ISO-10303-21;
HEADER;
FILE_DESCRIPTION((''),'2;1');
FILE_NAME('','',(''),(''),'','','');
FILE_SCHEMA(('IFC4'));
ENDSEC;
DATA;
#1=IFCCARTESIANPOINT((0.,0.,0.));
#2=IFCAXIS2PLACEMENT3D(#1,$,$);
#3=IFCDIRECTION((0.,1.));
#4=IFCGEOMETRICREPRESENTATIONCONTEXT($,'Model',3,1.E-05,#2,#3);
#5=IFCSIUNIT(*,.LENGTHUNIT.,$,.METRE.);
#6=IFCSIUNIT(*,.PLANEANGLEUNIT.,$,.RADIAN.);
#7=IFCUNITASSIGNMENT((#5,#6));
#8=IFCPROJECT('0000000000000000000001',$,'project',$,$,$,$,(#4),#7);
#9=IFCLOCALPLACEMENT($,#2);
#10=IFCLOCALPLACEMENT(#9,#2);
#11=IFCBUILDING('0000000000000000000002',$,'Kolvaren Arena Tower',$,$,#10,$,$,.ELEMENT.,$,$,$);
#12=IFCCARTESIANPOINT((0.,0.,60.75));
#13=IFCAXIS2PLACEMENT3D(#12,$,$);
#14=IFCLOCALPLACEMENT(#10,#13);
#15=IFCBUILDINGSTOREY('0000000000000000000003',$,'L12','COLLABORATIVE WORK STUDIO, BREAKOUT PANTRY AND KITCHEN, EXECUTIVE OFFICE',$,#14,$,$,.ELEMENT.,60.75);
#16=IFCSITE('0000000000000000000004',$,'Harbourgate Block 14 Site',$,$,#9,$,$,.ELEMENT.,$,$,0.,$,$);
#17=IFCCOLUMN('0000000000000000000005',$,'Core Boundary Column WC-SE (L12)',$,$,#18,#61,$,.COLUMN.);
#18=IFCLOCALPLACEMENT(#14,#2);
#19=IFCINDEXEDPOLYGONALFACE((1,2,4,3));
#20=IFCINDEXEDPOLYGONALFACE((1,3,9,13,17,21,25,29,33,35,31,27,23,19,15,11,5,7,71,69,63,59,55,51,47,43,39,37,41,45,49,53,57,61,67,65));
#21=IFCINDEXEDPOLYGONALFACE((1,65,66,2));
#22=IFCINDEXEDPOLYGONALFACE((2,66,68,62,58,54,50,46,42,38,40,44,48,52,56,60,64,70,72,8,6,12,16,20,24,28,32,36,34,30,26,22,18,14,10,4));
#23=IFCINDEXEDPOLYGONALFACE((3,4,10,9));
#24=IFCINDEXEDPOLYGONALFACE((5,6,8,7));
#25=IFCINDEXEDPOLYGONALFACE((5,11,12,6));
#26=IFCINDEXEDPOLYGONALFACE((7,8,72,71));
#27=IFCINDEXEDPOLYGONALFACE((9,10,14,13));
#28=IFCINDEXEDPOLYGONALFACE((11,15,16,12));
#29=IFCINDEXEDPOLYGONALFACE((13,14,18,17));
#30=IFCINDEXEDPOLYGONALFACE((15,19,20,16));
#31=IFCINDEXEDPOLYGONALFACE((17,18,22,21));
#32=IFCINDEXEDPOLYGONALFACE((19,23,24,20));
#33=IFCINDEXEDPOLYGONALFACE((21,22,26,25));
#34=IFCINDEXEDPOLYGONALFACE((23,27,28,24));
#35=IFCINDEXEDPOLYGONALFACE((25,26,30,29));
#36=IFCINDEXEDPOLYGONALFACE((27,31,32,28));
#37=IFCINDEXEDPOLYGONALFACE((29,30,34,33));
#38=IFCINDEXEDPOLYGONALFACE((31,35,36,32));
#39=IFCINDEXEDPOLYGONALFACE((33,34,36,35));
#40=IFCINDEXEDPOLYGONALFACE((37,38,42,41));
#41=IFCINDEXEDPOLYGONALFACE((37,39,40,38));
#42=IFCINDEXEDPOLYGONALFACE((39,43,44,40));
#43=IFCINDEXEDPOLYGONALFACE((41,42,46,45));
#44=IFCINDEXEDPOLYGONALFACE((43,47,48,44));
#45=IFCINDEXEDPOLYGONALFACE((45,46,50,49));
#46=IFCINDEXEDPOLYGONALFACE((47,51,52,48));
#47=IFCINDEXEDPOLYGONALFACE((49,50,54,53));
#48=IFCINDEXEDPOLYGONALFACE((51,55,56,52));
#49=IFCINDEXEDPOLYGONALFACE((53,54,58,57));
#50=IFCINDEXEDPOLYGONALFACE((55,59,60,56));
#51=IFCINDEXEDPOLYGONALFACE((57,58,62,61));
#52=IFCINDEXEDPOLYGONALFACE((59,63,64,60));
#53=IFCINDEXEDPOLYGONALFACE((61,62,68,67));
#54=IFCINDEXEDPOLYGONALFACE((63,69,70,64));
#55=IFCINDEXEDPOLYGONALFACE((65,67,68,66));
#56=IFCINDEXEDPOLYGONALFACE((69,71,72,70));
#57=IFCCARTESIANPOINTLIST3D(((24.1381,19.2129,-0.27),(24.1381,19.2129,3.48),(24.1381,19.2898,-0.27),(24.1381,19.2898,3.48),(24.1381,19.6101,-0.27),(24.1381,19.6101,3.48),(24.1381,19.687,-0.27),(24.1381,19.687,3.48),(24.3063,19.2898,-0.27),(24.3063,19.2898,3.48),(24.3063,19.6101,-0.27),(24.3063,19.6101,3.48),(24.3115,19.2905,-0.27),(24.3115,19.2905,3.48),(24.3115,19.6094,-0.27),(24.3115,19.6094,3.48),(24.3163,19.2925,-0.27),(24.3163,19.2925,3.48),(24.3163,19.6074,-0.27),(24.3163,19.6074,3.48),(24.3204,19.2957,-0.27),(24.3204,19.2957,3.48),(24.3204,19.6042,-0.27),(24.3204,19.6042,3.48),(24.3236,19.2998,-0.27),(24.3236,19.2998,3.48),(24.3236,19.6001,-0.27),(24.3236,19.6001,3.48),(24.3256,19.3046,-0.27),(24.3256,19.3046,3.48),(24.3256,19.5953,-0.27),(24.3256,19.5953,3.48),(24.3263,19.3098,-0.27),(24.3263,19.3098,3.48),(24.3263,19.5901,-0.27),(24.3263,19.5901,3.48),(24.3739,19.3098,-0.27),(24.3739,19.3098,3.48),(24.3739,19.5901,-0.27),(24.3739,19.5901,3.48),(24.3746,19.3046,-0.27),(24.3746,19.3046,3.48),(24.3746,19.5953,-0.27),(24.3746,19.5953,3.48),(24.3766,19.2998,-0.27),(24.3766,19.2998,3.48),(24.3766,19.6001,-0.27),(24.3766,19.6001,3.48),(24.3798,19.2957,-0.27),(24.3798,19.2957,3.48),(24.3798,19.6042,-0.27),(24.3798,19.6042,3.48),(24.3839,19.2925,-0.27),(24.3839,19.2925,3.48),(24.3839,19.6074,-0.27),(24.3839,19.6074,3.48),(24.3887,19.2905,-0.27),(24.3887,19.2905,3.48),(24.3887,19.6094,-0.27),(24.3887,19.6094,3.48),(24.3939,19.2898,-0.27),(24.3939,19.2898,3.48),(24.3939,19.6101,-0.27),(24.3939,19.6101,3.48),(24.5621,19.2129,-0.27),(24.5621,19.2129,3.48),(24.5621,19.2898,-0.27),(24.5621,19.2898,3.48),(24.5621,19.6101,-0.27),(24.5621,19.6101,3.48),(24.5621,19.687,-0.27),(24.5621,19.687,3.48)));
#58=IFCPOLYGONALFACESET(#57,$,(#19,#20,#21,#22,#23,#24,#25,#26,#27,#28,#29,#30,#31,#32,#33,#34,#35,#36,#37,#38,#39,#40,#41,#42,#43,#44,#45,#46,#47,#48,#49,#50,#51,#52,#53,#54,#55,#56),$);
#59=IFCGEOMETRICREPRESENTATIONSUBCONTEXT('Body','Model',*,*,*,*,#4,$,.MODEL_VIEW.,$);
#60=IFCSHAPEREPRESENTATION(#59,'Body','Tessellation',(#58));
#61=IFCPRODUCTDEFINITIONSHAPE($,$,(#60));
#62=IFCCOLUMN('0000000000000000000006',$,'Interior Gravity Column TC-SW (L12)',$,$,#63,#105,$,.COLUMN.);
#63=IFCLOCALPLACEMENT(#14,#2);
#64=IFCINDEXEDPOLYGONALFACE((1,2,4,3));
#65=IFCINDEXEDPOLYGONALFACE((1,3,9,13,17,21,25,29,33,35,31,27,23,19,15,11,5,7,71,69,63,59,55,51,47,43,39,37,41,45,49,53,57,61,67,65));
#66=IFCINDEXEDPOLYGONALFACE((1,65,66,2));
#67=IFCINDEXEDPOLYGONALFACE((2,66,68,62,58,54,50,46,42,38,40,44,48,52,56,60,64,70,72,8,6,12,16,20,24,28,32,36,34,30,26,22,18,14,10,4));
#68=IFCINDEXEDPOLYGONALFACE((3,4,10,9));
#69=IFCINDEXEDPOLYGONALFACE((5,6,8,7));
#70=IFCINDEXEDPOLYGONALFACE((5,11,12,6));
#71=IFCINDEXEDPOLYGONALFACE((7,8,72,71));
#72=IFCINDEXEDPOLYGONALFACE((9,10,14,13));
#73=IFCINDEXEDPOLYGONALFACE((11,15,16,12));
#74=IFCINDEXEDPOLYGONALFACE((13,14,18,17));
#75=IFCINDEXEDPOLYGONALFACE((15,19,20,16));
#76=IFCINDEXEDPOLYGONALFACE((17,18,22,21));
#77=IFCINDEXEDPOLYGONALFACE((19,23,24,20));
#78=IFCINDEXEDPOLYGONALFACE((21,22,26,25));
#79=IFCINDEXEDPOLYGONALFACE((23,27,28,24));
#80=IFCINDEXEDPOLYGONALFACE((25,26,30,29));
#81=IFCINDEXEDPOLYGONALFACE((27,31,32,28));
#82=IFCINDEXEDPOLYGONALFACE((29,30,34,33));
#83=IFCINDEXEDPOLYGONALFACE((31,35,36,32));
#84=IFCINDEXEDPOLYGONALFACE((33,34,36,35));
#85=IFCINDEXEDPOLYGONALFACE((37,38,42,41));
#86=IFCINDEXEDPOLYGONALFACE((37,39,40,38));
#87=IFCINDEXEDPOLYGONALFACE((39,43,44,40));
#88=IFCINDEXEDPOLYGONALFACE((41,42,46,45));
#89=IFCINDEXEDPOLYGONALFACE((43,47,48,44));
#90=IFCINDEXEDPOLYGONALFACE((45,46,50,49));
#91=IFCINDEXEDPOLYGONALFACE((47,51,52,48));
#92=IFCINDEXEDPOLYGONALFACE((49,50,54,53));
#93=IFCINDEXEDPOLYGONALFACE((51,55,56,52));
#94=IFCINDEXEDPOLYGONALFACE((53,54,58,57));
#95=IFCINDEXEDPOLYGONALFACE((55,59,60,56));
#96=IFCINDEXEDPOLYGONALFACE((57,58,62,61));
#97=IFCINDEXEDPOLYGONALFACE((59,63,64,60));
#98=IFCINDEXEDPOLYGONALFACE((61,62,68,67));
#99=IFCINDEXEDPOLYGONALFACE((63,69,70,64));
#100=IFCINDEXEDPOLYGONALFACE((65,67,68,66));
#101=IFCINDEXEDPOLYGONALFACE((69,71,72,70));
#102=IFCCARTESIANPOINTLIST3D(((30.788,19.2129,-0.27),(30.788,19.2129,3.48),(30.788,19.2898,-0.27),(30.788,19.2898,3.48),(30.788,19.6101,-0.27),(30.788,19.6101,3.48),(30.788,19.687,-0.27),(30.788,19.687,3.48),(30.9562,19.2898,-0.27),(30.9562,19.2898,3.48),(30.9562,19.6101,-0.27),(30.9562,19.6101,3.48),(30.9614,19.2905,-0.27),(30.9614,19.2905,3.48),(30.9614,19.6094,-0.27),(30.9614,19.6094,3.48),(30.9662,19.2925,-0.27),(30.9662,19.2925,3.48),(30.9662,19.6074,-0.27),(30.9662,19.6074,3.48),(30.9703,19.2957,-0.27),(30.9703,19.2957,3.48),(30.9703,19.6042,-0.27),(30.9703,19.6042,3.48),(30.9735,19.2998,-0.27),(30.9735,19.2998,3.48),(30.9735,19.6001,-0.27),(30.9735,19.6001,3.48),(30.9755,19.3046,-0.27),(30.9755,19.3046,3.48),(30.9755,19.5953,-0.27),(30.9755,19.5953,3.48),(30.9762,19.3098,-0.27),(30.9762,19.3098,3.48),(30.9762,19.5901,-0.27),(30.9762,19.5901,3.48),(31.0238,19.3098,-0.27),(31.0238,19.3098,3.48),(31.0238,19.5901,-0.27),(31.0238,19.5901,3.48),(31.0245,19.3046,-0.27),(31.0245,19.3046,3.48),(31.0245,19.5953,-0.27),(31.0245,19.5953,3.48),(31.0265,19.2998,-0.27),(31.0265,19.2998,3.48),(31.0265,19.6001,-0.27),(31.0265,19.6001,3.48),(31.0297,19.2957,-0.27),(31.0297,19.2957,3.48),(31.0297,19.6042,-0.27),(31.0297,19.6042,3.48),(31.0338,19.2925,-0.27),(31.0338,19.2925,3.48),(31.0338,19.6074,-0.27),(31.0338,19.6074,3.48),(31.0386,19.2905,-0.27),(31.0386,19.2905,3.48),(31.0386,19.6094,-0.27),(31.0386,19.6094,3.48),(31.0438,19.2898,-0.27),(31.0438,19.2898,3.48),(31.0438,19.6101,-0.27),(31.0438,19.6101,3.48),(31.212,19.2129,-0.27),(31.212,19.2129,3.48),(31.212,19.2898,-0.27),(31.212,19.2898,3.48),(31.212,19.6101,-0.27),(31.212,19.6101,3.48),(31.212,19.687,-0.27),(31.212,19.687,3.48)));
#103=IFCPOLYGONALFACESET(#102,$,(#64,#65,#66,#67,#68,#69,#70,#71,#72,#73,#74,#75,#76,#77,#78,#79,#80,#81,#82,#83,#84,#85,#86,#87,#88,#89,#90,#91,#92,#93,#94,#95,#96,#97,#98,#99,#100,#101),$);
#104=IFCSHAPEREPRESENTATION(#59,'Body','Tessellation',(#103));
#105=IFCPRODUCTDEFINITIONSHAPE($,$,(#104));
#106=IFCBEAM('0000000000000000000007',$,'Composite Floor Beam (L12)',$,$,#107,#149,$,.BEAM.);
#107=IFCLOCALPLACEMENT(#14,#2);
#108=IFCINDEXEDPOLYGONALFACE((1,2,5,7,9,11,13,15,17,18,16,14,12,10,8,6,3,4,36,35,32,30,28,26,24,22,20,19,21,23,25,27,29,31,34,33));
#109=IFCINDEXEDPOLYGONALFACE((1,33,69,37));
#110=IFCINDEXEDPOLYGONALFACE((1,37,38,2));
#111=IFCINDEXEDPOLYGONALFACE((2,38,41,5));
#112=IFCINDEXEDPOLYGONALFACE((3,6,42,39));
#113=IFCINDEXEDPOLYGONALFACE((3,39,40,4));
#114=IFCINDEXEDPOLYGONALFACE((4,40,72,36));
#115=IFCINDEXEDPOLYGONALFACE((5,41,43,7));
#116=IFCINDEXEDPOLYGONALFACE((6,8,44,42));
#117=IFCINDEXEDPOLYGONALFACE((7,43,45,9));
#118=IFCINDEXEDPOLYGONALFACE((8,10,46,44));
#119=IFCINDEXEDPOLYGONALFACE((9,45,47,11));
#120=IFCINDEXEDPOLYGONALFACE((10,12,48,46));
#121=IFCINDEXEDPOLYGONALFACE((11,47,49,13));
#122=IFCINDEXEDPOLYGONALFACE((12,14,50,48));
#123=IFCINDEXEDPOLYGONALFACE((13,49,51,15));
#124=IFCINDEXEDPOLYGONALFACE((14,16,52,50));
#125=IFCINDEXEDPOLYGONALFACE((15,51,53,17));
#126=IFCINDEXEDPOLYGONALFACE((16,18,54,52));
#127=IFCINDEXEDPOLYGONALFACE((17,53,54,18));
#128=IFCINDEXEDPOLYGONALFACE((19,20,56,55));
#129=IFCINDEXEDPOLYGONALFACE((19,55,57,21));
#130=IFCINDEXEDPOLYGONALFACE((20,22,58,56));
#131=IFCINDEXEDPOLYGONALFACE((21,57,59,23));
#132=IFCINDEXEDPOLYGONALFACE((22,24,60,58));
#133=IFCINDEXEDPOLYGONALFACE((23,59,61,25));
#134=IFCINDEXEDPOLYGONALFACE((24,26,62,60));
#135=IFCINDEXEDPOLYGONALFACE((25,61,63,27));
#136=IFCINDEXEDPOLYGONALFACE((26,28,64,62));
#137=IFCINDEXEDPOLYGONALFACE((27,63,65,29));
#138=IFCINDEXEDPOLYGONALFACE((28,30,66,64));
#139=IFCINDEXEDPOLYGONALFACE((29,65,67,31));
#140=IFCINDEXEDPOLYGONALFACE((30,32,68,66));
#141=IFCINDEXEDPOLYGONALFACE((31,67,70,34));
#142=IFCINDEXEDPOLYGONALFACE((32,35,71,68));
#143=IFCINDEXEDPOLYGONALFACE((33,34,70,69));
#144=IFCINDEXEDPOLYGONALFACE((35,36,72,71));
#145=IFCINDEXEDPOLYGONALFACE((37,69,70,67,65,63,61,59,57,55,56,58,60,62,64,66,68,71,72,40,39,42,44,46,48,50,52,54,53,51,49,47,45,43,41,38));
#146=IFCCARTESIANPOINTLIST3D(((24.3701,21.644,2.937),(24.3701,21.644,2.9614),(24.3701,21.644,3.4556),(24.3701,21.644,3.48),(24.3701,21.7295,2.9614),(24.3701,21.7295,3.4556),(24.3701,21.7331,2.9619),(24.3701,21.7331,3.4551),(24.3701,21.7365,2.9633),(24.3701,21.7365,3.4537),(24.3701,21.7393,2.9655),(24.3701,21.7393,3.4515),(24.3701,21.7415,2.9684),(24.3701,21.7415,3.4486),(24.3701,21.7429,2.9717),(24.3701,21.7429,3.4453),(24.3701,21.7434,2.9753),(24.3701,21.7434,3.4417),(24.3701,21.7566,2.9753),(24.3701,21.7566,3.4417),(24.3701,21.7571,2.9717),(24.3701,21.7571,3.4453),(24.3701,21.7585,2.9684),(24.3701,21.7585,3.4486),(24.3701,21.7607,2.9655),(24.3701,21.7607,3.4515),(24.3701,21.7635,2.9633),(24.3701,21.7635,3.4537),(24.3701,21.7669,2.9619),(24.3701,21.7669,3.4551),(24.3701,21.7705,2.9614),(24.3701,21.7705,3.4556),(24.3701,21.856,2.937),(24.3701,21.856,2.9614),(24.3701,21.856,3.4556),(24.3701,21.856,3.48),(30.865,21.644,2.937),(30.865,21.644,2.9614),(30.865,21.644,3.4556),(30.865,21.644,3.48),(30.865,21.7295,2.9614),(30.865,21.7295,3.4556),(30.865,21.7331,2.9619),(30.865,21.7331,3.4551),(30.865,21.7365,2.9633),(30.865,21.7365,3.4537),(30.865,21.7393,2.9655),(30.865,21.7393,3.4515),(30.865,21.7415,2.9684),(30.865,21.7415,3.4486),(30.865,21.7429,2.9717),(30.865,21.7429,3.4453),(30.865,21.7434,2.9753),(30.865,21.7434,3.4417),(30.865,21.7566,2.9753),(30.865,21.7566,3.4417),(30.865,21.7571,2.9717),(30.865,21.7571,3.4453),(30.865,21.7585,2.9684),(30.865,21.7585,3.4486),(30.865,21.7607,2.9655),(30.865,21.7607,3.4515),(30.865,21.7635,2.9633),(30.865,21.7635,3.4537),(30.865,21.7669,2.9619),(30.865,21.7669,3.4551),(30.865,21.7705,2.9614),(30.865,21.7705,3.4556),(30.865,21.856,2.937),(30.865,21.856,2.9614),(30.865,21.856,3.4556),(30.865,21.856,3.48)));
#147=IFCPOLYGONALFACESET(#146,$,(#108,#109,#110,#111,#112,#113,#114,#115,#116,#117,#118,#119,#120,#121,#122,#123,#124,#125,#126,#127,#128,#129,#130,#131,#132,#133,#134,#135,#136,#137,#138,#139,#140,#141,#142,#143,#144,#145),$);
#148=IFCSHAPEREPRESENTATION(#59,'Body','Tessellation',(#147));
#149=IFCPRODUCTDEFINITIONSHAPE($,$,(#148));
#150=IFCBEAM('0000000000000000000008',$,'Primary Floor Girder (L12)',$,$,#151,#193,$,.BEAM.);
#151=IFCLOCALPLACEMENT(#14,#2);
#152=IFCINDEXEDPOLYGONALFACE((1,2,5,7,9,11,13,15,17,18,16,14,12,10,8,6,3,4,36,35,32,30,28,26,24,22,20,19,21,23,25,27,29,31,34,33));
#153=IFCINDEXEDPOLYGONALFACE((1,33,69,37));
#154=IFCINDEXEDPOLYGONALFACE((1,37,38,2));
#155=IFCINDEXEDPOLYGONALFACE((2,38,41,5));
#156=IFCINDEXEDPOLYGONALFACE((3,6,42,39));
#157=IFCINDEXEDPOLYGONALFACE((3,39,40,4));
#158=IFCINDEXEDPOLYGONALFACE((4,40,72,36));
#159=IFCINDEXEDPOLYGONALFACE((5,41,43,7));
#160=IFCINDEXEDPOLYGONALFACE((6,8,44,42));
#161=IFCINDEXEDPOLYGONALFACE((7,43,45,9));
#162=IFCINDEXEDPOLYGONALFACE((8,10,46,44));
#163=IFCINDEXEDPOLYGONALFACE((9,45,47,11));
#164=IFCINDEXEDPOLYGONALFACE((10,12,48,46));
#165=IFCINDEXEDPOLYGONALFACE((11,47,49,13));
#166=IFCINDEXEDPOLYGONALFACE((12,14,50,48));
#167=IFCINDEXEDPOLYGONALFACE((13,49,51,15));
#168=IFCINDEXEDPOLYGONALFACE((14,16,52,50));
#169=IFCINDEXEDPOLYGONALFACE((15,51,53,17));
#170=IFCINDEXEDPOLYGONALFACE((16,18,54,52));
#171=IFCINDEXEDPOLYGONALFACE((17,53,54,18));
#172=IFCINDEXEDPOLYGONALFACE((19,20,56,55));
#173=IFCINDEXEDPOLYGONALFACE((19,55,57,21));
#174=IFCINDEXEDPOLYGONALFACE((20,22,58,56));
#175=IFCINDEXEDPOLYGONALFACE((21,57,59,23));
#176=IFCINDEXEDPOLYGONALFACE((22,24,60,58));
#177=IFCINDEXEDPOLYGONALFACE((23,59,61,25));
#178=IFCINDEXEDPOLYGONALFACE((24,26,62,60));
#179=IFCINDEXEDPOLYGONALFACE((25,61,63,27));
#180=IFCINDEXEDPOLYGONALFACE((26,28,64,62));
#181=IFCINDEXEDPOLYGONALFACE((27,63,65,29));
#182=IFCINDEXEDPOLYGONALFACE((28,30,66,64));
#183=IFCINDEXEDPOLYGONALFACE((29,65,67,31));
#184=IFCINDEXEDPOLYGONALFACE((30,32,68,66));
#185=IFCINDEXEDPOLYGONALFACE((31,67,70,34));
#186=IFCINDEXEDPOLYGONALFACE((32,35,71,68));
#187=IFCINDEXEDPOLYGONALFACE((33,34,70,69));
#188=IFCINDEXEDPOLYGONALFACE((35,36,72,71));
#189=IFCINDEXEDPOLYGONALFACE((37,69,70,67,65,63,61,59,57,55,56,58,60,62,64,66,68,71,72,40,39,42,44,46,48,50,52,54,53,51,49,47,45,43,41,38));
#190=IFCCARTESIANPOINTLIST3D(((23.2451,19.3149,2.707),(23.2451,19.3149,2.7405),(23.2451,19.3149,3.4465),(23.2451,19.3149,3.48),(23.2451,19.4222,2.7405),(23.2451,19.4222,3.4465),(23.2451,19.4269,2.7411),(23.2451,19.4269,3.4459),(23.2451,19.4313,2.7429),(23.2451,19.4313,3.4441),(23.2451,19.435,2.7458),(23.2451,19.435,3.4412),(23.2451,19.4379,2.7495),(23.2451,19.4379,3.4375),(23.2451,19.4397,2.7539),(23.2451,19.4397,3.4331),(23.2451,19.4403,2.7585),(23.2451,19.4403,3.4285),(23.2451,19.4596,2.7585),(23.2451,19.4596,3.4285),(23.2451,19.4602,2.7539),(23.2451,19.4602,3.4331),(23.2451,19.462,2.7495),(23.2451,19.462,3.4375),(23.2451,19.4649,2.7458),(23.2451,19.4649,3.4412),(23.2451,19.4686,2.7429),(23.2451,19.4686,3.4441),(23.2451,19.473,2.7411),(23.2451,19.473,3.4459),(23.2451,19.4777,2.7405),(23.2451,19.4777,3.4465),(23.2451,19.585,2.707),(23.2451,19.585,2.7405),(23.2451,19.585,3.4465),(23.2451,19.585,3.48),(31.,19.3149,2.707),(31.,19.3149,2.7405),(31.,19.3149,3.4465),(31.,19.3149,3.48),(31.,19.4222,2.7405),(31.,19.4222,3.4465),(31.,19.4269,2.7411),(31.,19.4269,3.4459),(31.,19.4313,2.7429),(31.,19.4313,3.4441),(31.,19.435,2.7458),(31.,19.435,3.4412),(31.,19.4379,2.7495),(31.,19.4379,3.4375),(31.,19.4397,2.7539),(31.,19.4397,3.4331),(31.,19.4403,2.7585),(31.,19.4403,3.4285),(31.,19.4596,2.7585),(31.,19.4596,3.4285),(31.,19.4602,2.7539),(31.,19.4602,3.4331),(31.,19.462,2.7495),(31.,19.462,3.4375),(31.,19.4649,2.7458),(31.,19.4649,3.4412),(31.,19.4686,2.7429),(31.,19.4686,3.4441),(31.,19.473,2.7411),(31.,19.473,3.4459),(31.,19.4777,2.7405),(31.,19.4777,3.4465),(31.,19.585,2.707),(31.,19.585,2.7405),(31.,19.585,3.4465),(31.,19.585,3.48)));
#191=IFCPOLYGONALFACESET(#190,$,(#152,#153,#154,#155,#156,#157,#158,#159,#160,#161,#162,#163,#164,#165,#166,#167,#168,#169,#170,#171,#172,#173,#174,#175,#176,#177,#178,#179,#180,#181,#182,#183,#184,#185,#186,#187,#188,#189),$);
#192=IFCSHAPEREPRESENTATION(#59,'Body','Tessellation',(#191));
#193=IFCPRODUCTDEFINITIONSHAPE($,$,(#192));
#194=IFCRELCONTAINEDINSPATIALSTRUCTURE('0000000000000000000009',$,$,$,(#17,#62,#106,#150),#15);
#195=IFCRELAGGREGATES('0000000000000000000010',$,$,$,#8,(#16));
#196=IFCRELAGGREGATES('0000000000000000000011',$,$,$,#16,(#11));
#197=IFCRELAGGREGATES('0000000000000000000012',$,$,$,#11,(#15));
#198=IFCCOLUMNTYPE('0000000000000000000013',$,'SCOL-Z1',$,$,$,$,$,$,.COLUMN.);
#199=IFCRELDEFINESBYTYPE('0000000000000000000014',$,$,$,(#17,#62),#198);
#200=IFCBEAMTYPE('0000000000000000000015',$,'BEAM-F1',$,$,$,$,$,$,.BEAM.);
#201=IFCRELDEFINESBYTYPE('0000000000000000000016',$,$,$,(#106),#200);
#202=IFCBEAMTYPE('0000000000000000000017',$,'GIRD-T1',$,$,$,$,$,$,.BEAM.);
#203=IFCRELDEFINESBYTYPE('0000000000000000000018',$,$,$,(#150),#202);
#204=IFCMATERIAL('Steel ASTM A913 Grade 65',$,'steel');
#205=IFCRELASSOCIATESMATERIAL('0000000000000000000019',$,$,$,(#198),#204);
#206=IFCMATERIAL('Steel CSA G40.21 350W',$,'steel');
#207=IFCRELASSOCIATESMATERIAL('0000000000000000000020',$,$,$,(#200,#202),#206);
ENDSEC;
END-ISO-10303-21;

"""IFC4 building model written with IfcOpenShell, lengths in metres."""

from ifc_helpers import new_model, si_unit, direction, frame, origin, origin_2d, place, context, subcontext, project, spatial, i_section, extrude, material, material_profile, profile_set, type_object, element, save


model = new_model("IFC4")

# Units and contexts
model_context = context("Model", 3, precision=1e-05, world=origin(), true_north=direction((0.0, 1.0)))
body_context = subcontext(model_context, "Body", "Model", "MODEL_VIEW")
ifc_project = project(units=[si_unit("LENGTHUNIT", "METRE"), si_unit("PLANEANGLEUNIT", "RADIAN")], contexts=[model_context])

# Site, building, storey
site_placement = place(None, origin())
site = spatial("IfcSite", under=ifc_project, at=site_placement, Name="Harbourgate Block 14 Site", CompositionType="ELEMENT", RefElevation=0.0)
building_placement = place(site_placement, origin())
building = spatial("IfcBuilding", under=site, at=building_placement, Name="Kolvaren Arena Tower", CompositionType="ELEMENT")
storey_placement = place(building_placement, frame((0.0, 0.0, 60.75)))
storey = spatial("IfcBuildingStorey", under=building, at=storey_placement, Name="L12", Description="COLLABORATIVE WORK STUDIO, BREAKOUT PANTRY AND KITCHEN, EXECUTIVE OFFICE", CompositionType="ELEMENT", Elevation=60.75)

# Columns
ifc_material_1 = material(Name="Steel ASTM A913 Grade 65", Category="steel")
ifc_material_profile_1 = material_profile(ifc_material_1, i_section(OverallWidth=0.4241, OverallDepth=0.4741, WebThickness=0.0476, FlangeThickness=0.0769, FilletRadius=0.02, at=origin_2d()), Name="W360x634")
ifc_profile_set_1 = profile_set([ifc_material_profile_1], Name="Steel ASTM A913 Grade 65")
column_type = type_object("IfcColumnType", Name="SCOL-Z1", PredefinedType="COLUMN", material=ifc_profile_set_1)
for number, where, z_axis, x_axis, name in (
    (1, (24.3501, 19.45, -0.27), (0.0, 0.0, 1.0), (1.0, 0.0, 0.0), "Core Boundary Column WC-SE (L12)"),
    (2, (31.0, 19.45, -0.27), (0.0, 0.0, 1.0), (1.0, 0.0, 0.0), "Interior Gravity Column TC-SW (L12)"),
):
    element("IfcColumn", number, at=place(storey_placement, frame(where, z_axis=z_axis, x_axis=x_axis)), inside=storey, type_object=column_type, Name=name, PredefinedType="COLUMN", context=body_context, shape_type="SweptSolid", body=[
        extrude(i_section(OverallWidth=0.4241, OverallDepth=0.4741, WebThickness=0.0476, FlangeThickness=0.0769, FilletRadius=0.02, at=origin_2d()), origin(), (0.0, 0.0, 1.0), 3.75),
    ])

# Beams
ifc_material_2 = material(Name="Steel CSA G40.21 350W", Category="steel")
ifc_material_profile_2 = material_profile(ifc_material_2, i_section(OverallWidth=0.2119, OverallDepth=0.543, WebThickness=0.0132, FlangeThickness=0.0244, FilletRadius=0.0139, at=origin_2d()), Name="W530x150")
ifc_profile_set_2 = profile_set([ifc_material_profile_2], Name="Steel CSA G40.21 350W")
beam_type_1 = type_object("IfcBeamType", Name="BEAM-F1", PredefinedType="BEAM", material=ifc_profile_set_2)
beam_1_placement = place(storey_placement, frame((24.3701, 21.75, 3.2085), z_axis=(1.0, 0.0, 0.0), x_axis=(0.0, 1.0, 0.0)))
element("IfcBeam", 3, at=beam_1_placement, inside=storey, type_object=beam_type_1, Name="Composite Floor Beam (L12)", PredefinedType="BEAM", context=body_context, shape_type="SweptSolid", body=[
    extrude(i_section(OverallWidth=0.2119, OverallDepth=0.543, WebThickness=0.0132, FlangeThickness=0.0244, FilletRadius=0.0139, at=origin_2d()), origin(), (0.0, 0.0, 1.0), 6.4949),
])
ifc_material_profile_3 = material_profile(ifc_material_2, i_section(OverallWidth=0.27, OverallDepth=0.7729, WebThickness=0.0193, FlangeThickness=0.0334, FilletRadius=0.0181, at=origin_2d()), Name="W760x257")
ifc_profile_set_3 = profile_set([ifc_material_profile_3], Name="Steel CSA G40.21 350W")
beam_type_2 = type_object("IfcBeamType", Name="GIRD-T1", PredefinedType="BEAM", material=ifc_profile_set_3)
beam_2_placement = place(storey_placement, frame((23.2451, 19.45, 3.0935), z_axis=(1.0, 0.0, 0.0), x_axis=(0.0, 1.0, 0.0)))
element("IfcBeam", 4, at=beam_2_placement, inside=storey, type_object=beam_type_2, Name="Primary Floor Girder (L12)", PredefinedType="BEAM", context=body_context, shape_type="SweptSolid", body=[
    extrude(i_section(OverallWidth=0.27, OverallDepth=0.7729, WebThickness=0.0193, FlangeThickness=0.0334, FilletRadius=0.0181, at=origin_2d()), origin(), (0.0, 0.0, 1.0), 7.7549),
])

save(model, "model.ifc")
